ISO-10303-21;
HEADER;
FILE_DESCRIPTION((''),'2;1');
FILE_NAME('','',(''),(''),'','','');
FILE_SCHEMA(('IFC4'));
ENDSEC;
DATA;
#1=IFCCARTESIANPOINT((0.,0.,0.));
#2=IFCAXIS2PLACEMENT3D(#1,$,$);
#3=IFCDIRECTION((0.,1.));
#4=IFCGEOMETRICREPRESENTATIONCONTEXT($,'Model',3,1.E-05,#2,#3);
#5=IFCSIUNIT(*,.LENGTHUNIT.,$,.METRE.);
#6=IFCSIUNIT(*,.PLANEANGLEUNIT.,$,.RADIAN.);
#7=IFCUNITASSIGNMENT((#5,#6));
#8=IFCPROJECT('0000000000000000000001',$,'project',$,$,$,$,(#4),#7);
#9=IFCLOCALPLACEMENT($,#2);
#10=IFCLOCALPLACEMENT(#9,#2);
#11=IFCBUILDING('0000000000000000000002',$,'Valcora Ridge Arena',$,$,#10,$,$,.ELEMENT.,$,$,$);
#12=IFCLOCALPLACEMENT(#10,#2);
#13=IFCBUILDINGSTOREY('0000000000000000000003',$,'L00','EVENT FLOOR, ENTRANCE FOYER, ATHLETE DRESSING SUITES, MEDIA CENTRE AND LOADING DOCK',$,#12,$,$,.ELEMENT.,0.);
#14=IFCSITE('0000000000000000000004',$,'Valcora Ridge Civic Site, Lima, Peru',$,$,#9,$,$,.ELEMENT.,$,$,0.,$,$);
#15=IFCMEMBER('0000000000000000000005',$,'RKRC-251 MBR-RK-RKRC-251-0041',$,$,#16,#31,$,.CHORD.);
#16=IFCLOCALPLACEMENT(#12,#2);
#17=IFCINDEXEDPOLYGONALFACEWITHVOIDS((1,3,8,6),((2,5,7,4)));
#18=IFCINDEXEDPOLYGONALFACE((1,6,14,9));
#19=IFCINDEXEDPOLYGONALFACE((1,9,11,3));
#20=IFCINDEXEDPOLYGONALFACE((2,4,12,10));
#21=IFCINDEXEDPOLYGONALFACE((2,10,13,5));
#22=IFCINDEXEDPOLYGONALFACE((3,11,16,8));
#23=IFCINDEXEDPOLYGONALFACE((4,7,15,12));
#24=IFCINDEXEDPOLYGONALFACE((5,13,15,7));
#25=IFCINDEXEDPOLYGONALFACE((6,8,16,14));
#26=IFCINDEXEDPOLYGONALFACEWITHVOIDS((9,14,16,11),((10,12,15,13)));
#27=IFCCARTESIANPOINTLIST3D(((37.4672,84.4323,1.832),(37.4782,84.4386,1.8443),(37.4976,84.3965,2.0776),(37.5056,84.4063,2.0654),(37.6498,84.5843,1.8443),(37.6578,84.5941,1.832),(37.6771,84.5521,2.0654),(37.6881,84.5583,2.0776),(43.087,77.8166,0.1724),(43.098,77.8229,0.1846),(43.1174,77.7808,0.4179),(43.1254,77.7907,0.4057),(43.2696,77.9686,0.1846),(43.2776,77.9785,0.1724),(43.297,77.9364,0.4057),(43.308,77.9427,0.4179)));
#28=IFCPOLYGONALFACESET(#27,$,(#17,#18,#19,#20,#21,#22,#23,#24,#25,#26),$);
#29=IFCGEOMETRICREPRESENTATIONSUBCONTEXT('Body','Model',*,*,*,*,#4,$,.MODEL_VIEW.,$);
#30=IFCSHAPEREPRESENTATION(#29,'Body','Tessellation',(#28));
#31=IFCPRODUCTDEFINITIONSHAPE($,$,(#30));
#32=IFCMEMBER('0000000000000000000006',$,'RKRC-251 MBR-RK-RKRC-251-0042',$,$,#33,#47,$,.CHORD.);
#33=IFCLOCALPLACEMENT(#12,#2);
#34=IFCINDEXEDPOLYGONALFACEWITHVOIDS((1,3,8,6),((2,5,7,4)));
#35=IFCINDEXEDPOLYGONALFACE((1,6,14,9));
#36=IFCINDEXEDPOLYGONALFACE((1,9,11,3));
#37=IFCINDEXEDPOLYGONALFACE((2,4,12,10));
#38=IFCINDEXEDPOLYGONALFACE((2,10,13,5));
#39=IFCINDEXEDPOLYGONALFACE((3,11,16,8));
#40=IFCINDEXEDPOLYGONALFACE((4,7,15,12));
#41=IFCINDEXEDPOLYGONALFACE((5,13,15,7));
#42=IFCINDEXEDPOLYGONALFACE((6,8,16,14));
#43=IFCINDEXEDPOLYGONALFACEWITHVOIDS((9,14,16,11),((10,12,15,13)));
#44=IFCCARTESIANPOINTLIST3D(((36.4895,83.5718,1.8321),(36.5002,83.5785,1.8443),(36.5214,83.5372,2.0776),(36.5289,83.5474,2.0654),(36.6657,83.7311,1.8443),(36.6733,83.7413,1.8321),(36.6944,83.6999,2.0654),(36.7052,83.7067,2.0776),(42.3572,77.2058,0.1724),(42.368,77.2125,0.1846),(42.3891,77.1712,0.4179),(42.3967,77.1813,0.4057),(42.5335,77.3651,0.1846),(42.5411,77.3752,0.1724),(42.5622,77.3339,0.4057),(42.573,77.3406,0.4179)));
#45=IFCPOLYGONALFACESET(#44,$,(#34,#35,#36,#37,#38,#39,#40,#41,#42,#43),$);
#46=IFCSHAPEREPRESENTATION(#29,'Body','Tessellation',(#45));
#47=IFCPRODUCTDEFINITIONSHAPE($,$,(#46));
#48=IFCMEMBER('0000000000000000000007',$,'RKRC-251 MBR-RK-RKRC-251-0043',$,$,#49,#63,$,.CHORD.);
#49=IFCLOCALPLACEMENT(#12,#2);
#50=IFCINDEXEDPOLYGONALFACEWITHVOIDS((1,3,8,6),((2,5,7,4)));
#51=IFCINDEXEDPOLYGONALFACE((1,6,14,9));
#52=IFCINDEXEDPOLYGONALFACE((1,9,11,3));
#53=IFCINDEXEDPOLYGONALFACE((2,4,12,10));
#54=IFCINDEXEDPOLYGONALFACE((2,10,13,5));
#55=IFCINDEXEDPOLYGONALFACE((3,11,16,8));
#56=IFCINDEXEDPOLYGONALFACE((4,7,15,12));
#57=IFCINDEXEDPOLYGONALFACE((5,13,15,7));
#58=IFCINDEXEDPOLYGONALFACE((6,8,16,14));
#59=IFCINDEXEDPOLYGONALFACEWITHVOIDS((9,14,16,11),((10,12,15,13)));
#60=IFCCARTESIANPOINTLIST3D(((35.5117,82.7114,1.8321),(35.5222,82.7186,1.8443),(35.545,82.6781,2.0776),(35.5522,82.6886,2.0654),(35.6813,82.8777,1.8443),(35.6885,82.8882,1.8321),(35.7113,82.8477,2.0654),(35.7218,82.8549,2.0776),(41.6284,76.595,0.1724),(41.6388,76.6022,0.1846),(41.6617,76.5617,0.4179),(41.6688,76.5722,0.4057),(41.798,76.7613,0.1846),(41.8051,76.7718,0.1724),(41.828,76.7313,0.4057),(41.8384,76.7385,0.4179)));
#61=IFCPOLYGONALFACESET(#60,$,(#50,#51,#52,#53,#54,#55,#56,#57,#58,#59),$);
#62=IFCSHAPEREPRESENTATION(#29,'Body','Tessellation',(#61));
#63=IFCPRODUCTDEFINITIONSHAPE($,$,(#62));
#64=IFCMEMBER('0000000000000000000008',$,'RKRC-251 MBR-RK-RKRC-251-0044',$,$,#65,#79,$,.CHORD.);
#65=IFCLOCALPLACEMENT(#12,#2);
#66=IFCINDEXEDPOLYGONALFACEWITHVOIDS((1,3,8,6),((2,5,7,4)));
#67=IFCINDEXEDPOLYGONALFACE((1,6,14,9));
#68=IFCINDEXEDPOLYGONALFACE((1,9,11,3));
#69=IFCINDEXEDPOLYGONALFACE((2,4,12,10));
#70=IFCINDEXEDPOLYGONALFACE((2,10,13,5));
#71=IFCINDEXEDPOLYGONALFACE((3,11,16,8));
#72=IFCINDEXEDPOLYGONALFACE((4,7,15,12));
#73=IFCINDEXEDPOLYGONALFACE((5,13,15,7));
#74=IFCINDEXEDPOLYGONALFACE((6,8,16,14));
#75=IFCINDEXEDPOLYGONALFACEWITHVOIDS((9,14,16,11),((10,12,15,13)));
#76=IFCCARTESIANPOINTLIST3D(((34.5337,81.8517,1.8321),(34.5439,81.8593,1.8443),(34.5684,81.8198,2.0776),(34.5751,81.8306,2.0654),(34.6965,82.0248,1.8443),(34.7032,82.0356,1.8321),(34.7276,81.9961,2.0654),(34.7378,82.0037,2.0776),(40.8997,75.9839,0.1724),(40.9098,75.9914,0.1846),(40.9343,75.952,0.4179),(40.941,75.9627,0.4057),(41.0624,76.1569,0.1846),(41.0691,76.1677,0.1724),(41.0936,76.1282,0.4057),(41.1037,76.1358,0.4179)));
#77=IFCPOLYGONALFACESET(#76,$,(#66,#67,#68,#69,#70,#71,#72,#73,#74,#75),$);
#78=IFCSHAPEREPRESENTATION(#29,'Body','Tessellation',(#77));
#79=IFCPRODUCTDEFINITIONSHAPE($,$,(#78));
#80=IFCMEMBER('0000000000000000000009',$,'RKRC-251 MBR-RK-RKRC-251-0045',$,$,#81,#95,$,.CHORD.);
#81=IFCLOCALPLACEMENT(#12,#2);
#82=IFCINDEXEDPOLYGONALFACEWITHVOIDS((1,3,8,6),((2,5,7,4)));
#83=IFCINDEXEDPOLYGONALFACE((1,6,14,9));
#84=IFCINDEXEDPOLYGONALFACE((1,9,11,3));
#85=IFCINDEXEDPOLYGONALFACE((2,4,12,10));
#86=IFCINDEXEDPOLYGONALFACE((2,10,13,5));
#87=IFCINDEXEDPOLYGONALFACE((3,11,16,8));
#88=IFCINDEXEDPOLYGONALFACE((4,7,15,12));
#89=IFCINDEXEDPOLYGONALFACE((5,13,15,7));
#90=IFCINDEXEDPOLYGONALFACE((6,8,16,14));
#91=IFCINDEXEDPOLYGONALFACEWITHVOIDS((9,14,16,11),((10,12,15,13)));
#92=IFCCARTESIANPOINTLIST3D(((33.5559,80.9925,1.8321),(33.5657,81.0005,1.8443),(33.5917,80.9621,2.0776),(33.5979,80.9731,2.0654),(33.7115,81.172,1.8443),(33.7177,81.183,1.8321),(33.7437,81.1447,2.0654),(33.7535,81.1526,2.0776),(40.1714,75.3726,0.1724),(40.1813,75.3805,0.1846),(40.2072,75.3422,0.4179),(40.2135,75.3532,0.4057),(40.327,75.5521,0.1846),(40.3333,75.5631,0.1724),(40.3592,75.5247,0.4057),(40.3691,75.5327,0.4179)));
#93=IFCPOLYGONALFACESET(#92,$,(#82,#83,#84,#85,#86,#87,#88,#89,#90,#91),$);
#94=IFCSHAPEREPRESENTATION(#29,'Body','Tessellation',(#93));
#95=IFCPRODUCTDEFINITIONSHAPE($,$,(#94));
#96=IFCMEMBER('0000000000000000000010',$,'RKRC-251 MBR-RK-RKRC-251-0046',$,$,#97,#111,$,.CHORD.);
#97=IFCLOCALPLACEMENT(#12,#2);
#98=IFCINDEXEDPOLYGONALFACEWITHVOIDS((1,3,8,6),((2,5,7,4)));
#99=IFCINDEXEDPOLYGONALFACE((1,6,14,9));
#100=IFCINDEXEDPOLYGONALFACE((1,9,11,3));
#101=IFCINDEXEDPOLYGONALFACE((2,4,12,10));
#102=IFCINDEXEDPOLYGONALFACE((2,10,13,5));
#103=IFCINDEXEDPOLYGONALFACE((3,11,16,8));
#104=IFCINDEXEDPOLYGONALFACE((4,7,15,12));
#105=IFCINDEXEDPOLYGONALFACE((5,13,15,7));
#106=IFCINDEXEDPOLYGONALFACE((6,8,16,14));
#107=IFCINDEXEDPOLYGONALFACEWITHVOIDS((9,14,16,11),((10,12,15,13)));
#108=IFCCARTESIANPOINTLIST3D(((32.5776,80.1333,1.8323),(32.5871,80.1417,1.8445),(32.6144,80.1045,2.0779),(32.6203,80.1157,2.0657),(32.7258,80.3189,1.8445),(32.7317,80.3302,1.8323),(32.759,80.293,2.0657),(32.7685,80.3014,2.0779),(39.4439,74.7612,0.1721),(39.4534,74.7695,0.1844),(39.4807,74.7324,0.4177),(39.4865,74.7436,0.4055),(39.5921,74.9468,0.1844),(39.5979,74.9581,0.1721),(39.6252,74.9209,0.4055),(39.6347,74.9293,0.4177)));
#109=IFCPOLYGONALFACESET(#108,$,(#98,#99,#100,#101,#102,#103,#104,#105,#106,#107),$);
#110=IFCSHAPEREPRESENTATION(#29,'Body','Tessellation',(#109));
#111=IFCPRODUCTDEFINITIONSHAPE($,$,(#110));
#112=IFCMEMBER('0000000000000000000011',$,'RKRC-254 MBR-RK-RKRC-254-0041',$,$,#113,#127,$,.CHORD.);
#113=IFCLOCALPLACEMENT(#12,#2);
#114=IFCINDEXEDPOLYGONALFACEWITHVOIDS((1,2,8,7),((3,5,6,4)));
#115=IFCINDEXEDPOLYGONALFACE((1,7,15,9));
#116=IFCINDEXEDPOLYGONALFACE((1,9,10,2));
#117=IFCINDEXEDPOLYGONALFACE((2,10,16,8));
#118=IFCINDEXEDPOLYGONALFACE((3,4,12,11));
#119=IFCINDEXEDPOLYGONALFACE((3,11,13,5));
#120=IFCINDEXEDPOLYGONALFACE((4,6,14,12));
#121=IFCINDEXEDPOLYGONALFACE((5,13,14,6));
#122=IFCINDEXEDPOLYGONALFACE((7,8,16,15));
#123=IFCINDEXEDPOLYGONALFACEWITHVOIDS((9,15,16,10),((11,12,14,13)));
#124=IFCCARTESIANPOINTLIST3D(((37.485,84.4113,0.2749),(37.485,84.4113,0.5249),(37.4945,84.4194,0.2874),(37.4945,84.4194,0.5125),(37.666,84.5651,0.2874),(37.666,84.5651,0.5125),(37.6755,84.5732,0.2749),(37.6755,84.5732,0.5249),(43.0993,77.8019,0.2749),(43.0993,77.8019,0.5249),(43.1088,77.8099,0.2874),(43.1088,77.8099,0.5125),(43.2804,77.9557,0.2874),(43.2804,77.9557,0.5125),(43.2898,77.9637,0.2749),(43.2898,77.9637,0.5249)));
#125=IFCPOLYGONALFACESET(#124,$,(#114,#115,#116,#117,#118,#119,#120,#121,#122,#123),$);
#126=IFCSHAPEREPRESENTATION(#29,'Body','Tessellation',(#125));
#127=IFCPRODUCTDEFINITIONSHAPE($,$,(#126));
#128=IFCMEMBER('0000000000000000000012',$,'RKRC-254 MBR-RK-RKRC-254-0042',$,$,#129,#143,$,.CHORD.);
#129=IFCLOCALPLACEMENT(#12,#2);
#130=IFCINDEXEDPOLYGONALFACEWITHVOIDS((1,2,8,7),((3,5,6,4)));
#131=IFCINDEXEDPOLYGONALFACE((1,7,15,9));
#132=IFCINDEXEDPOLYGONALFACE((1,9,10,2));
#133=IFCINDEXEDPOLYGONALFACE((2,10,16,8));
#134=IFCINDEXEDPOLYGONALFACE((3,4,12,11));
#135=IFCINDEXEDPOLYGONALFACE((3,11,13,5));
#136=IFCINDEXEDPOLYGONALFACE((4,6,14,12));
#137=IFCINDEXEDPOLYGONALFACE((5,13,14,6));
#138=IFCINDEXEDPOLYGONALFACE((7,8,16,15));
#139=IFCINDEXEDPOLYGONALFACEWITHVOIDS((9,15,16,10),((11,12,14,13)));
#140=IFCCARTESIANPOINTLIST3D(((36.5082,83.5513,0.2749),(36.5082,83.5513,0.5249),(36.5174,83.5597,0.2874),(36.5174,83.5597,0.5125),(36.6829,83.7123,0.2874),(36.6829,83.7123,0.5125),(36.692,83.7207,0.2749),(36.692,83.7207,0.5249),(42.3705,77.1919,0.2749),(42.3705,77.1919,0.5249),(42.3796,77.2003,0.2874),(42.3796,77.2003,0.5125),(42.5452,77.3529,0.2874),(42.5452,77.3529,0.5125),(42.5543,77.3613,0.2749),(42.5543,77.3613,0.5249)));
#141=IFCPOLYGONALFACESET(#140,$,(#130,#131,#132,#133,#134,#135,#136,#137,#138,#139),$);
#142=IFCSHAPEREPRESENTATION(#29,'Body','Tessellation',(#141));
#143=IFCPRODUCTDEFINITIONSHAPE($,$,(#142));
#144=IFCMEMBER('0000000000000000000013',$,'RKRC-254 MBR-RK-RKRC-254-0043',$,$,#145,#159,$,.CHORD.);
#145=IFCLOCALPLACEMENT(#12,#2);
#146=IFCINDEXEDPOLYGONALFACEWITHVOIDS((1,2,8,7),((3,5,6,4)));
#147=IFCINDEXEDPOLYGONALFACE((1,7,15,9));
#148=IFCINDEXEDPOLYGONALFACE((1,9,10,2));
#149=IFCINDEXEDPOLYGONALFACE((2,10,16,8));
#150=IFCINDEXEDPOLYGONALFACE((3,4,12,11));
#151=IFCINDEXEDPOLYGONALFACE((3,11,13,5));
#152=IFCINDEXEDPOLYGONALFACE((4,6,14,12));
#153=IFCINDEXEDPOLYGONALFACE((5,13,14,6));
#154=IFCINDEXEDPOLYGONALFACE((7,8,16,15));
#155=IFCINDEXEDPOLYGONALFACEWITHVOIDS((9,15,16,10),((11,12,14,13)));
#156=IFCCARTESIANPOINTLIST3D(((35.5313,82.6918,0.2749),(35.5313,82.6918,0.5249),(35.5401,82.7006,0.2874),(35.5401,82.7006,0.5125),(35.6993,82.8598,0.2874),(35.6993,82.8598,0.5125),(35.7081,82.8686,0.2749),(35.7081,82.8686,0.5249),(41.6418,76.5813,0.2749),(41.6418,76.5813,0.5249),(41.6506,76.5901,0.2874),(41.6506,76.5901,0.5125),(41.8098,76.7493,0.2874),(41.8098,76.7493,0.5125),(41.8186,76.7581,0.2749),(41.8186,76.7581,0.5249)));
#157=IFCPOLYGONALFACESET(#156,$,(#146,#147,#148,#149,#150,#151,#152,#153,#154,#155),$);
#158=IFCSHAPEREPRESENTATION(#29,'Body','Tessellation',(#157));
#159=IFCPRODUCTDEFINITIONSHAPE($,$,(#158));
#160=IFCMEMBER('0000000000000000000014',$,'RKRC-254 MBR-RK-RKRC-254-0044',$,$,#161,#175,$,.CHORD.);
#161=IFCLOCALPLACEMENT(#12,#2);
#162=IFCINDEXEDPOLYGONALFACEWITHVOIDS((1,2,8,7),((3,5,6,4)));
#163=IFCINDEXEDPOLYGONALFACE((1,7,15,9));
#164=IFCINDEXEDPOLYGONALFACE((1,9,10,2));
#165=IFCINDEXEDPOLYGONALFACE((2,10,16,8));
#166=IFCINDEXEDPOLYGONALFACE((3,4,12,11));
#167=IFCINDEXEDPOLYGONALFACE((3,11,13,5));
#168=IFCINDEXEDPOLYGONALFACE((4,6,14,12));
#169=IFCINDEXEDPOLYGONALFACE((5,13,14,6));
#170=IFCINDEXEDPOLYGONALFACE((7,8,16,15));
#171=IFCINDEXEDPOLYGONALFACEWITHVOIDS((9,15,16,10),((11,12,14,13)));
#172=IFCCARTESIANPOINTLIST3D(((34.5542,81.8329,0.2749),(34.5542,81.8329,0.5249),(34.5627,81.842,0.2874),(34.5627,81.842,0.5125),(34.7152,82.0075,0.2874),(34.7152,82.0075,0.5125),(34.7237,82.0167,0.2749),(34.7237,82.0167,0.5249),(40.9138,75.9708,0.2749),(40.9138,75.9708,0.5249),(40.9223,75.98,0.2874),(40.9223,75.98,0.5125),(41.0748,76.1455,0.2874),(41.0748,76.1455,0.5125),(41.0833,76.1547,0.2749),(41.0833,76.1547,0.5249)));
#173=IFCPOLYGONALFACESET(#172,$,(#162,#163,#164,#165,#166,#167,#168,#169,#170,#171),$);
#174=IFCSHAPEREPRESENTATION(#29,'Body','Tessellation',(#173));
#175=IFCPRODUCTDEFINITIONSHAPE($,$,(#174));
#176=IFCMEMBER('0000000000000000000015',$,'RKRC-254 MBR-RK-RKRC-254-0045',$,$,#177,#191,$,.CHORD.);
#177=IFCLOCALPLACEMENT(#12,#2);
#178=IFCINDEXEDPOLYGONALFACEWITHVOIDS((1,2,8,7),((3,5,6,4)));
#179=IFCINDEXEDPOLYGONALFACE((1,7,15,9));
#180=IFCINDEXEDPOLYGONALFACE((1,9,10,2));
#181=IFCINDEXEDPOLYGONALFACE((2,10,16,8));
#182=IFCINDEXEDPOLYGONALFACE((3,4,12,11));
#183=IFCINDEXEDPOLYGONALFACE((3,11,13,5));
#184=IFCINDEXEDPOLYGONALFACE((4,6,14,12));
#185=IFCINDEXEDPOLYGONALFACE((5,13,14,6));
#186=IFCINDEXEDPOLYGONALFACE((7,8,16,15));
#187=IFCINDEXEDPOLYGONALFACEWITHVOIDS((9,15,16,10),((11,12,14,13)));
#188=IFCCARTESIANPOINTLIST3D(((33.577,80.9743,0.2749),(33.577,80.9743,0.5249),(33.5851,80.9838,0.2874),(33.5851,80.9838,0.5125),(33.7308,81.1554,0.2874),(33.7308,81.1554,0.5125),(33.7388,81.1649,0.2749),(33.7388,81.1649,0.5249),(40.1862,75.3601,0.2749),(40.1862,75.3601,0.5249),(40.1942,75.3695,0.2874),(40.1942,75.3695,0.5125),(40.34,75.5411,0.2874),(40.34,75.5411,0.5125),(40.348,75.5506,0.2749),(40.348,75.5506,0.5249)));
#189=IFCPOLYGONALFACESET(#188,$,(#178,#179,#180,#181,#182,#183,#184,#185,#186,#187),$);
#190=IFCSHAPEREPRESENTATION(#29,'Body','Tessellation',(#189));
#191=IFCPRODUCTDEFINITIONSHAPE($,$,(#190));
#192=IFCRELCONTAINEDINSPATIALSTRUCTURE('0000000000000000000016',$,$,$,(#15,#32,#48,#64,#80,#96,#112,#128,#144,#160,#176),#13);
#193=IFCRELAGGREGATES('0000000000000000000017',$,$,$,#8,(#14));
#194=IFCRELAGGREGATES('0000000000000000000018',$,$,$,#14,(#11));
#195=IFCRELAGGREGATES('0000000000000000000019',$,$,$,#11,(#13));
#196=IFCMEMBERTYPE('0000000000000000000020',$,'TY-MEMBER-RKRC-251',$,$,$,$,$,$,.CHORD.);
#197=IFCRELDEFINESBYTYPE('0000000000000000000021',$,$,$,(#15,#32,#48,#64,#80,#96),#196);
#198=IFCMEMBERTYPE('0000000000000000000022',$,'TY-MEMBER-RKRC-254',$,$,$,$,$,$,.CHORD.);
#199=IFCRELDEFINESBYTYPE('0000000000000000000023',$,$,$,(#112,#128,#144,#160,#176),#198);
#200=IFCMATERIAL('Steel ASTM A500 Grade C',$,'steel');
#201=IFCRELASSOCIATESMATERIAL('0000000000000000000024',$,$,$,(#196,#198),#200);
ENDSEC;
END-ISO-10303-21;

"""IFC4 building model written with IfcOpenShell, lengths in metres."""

from ifc_helpers import new_model, si_unit, direction, frame, origin, origin_2d, place, context, subcontext, project, spatial, hollow_rectangle, extrude, material, material_profile, profile_set, type_object, element, save


model = new_model("IFC4")

# Units and contexts
model_context = context("Model", 3, precision=1e-05, world=origin(), true_north=direction((0.0, 1.0)))
body_context = subcontext(model_context, "Body", "Model", "MODEL_VIEW")
ifc_project = project(units=[si_unit("LENGTHUNIT", "METRE"), si_unit("PLANEANGLEUNIT", "RADIAN")], contexts=[model_context])

# Site, building, storey
site_placement = place(None, origin())
site = spatial("IfcSite", under=ifc_project, at=site_placement, Name="Valcora Ridge Civic Site, Lima, Peru", CompositionType="ELEMENT", RefElevation=0.0)
building_placement = place(site_placement, origin())
building = spatial("IfcBuilding", under=site, at=building_placement, Name="Valcora Ridge Arena", CompositionType="ELEMENT")
storey_placement = place(building_placement, origin())
storey = spatial("IfcBuildingStorey", under=building, at=storey_placement, Name="L00", Description="EVENT FLOOR, ENTRANCE FOYER, ATHLETE DRESSING SUITES, MEDIA CENTRE AND LOADING DOCK", CompositionType="ELEMENT", Elevation=0.0)

# Members
ifc_material_1 = material(Name="Steel ASTM A500 Grade C", Category="steel")
ifc_material_profile_1 = material_profile(ifc_material_1, hollow_rectangle(XDim=0.25, YDim=0.25, WallThickness=0.0125, at=origin_2d()), Name="HSS250X250X12")
ifc_profile_set_1 = profile_set([ifc_material_profile_1], Name="Steel ASTM A500 Grade C")
member_type_1 = type_object("IfcMemberType", Name="TY-MEMBER-RKRC-251", PredefinedType="CHORD", material=ifc_profile_set_1)
member_1_placement = place(storey_placement, frame((43.1975, 77.8796, 0.2952), z_axis=(-0.635896, 0.748578, 0.187794), x_axis=(-0.762138, -0.647415, 0.0)))
element("IfcMember", 1, at=member_1_placement, inside=storey, type_object=member_type_1, Name="RKRC-251 MBR-RK-RKRC-251-0041", PredefinedType="CHORD", context=body_context, shape_type="SweptSolid", body=[
    extrude(hollow_rectangle(XDim=0.25, YDim=0.25, WallThickness=0.0125, at=origin_2d()), origin(), (0.0, 0.0, 1.0), 8.8376),
])
member_2_placement = place(storey_placement, frame((42.4651, 77.2732, 0.2952), z_axis=(-0.665623, 0.722149, 0.188271), x_axis=(-0.735298, -0.677744, 0.0)))
element("IfcMember", 2, at=member_2_placement, inside=storey, type_object=member_type_1, Name="RKRC-251 MBR-RK-RKRC-251-0042", PredefinedType="CHORD", context=body_context, shape_type="SweptSolid", body=[
    extrude(hollow_rectangle(XDim=0.25, YDim=0.25, WallThickness=0.0125, at=origin_2d()), origin(), (0.0, 0.0, 1.0), 8.8154),
])
member_3_placement = place(storey_placement, frame((41.7334, 76.6667, 0.2952), z_axis=(-0.694454, 0.694426, 0.188429), x_axis=(-0.707093, -0.707121, 0.0)))
element("IfcMember", 3, at=member_3_placement, inside=storey, type_object=member_type_1, Name="RKRC-251 MBR-RK-RKRC-251-0043", PredefinedType="CHORD", context=body_context, shape_type="SweptSolid", body=[
    extrude(hollow_rectangle(XDim=0.25, YDim=0.25, WallThickness=0.0125, at=origin_2d()), origin(), (0.0, 0.0, 1.0), 8.8079),
])
member_4_placement = place(storey_placement, frame((41.0017, 76.0598, 0.2952), z_axis=(-0.722136, 0.665639, 0.188268), x_axis=(-0.677759, -0.735284, 0.0)))
element("IfcMember", 4, at=member_4_placement, inside=storey, type_object=member_type_1, Name="RKRC-251 MBR-RK-RKRC-251-0044", PredefinedType="CHORD", context=body_context, shape_type="SweptSolid", body=[
    extrude(hollow_rectangle(XDim=0.25, YDim=0.25, WallThickness=0.0125, at=origin_2d()), origin(), (0.0, 0.0, 1.0), 8.8154),
])
member_5_placement = place(storey_placement, frame((40.2703, 75.4526, 0.2952), z_axis=(-0.748566, 0.63591, 0.187798), x_axis=(-0.647429, -0.762126, 0.0)))
element("IfcMember", 5, at=member_5_placement, inside=storey, type_object=member_type_1, Name="RKRC-251 MBR-RK-RKRC-251-0045", PredefinedType="CHORD", context=body_context, shape_type="SweptSolid", body=[
    extrude(hollow_rectangle(XDim=0.25, YDim=0.25, WallThickness=0.0125, at=origin_2d()), origin(), (0.0, 0.0, 1.0), 8.8376),
])
member_6_placement = place(storey_placement, frame((39.5393, 74.8452, 0.2949), z_axis=(-0.773685, 0.605325, 0.187066), x_axis=(-0.616203, -0.787588, 0.0)))
element("IfcMember", 6, at=member_6_placement, inside=storey, type_object=member_type_1, Name="RKRC-251 MBR-RK-RKRC-251-0046", PredefinedType="CHORD", context=body_context, shape_type="SweptSolid", body=[
    extrude(hollow_rectangle(XDim=0.25, YDim=0.25, WallThickness=0.0125, at=origin_2d()), origin(), (0.0, 0.0, 1.0), 8.8748),
])
ifc_material_profile_2 = material_profile(ifc_material_1, hollow_rectangle(XDim=0.25, YDim=0.25, WallThickness=0.0125, at=origin_2d()), Name="HSS250X250X12")
ifc_profile_set_2 = profile_set([ifc_material_profile_2], Name="Steel ASTM A500 Grade C")
member_type_2 = type_object("IfcMemberType", Name="TY-MEMBER-RKRC-254", PredefinedType="CHORD", material=ifc_profile_set_2)
member_7_placement = place(storey_placement, frame((43.1946, 77.8828, 0.3999), z_axis=(-0.6474, 0.76215, 0.0), x_axis=(-0.76215, -0.6474, 0.0)))
element("IfcMember", 7, at=member_7_placement, inside=storey, type_object=member_type_2, Name="RKRC-254 MBR-RK-RKRC-254-0041", PredefinedType="CHORD", context=body_context, shape_type="SweptSolid", body=[
    extrude(hollow_rectangle(XDim=0.25, YDim=0.25, WallThickness=0.0125, at=origin_2d()), origin(), (0.0, 0.0, 1.0), 8.6721),
])
member_8_placement = place(storey_placement, frame((42.4624, 77.2766, 0.3999), z_axis=(-0.677788, 0.735258, 0.0), x_axis=(-0.735258, -0.677788, 0.0)))
element("IfcMember", 8, at=member_8_placement, inside=storey, type_object=member_type_2, Name="RKRC-254 MBR-RK-RKRC-254-0042", PredefinedType="CHORD", context=body_context, shape_type="SweptSolid", body=[
    extrude(hollow_rectangle(XDim=0.25, YDim=0.25, WallThickness=0.0125, at=origin_2d()), origin(), (0.0, 0.0, 1.0), 8.6492),
])
member_9_placement = place(storey_placement, frame((41.7302, 76.6697, 0.3999), z_axis=(-0.707107, 0.707107, 0.0), x_axis=(-0.707107, -0.707107, 0.0)))
element("IfcMember", 9, at=member_9_placement, inside=storey, type_object=member_type_2, Name="RKRC-254 MBR-RK-RKRC-254-0043", PredefinedType="CHORD", context=body_context, shape_type="SweptSolid", body=[
    extrude(hollow_rectangle(XDim=0.25, YDim=0.25, WallThickness=0.0125, at=origin_2d()), origin(), (0.0, 0.0, 1.0), 8.6416),
])
member_10_placement = place(storey_placement, frame((40.9985, 76.0627, 0.3999), z_axis=(-0.735285, 0.677758, 0.0), x_axis=(-0.677758, -0.735285, 0.0)))
element("IfcMember", 10, at=member_10_placement, inside=storey, type_object=member_type_2, Name="RKRC-254 MBR-RK-RKRC-254-0044", PredefinedType="CHORD", context=body_context, shape_type="SweptSolid", body=[
    extrude(hollow_rectangle(XDim=0.25, YDim=0.25, WallThickness=0.0125, at=origin_2d()), origin(), (0.0, 0.0, 1.0), 8.6492),
])
member_11_placement = place(storey_placement, frame((40.2671, 75.4553, 0.3999), z_axis=(-0.762139, 0.647414, 0.0), x_axis=(-0.647414, -0.762139, 0.0)))
element("IfcMember", 11, at=member_11_placement, inside=storey, type_object=member_type_2, Name="RKRC-254 MBR-RK-RKRC-254-0045", PredefinedType="CHORD", context=body_context, shape_type="SweptSolid", body=[
    extrude(hollow_rectangle(XDim=0.25, YDim=0.25, WallThickness=0.0125, at=origin_2d()), origin(), (0.0, 0.0, 1.0), 8.6719),
])

save(model, "model.ifc")
